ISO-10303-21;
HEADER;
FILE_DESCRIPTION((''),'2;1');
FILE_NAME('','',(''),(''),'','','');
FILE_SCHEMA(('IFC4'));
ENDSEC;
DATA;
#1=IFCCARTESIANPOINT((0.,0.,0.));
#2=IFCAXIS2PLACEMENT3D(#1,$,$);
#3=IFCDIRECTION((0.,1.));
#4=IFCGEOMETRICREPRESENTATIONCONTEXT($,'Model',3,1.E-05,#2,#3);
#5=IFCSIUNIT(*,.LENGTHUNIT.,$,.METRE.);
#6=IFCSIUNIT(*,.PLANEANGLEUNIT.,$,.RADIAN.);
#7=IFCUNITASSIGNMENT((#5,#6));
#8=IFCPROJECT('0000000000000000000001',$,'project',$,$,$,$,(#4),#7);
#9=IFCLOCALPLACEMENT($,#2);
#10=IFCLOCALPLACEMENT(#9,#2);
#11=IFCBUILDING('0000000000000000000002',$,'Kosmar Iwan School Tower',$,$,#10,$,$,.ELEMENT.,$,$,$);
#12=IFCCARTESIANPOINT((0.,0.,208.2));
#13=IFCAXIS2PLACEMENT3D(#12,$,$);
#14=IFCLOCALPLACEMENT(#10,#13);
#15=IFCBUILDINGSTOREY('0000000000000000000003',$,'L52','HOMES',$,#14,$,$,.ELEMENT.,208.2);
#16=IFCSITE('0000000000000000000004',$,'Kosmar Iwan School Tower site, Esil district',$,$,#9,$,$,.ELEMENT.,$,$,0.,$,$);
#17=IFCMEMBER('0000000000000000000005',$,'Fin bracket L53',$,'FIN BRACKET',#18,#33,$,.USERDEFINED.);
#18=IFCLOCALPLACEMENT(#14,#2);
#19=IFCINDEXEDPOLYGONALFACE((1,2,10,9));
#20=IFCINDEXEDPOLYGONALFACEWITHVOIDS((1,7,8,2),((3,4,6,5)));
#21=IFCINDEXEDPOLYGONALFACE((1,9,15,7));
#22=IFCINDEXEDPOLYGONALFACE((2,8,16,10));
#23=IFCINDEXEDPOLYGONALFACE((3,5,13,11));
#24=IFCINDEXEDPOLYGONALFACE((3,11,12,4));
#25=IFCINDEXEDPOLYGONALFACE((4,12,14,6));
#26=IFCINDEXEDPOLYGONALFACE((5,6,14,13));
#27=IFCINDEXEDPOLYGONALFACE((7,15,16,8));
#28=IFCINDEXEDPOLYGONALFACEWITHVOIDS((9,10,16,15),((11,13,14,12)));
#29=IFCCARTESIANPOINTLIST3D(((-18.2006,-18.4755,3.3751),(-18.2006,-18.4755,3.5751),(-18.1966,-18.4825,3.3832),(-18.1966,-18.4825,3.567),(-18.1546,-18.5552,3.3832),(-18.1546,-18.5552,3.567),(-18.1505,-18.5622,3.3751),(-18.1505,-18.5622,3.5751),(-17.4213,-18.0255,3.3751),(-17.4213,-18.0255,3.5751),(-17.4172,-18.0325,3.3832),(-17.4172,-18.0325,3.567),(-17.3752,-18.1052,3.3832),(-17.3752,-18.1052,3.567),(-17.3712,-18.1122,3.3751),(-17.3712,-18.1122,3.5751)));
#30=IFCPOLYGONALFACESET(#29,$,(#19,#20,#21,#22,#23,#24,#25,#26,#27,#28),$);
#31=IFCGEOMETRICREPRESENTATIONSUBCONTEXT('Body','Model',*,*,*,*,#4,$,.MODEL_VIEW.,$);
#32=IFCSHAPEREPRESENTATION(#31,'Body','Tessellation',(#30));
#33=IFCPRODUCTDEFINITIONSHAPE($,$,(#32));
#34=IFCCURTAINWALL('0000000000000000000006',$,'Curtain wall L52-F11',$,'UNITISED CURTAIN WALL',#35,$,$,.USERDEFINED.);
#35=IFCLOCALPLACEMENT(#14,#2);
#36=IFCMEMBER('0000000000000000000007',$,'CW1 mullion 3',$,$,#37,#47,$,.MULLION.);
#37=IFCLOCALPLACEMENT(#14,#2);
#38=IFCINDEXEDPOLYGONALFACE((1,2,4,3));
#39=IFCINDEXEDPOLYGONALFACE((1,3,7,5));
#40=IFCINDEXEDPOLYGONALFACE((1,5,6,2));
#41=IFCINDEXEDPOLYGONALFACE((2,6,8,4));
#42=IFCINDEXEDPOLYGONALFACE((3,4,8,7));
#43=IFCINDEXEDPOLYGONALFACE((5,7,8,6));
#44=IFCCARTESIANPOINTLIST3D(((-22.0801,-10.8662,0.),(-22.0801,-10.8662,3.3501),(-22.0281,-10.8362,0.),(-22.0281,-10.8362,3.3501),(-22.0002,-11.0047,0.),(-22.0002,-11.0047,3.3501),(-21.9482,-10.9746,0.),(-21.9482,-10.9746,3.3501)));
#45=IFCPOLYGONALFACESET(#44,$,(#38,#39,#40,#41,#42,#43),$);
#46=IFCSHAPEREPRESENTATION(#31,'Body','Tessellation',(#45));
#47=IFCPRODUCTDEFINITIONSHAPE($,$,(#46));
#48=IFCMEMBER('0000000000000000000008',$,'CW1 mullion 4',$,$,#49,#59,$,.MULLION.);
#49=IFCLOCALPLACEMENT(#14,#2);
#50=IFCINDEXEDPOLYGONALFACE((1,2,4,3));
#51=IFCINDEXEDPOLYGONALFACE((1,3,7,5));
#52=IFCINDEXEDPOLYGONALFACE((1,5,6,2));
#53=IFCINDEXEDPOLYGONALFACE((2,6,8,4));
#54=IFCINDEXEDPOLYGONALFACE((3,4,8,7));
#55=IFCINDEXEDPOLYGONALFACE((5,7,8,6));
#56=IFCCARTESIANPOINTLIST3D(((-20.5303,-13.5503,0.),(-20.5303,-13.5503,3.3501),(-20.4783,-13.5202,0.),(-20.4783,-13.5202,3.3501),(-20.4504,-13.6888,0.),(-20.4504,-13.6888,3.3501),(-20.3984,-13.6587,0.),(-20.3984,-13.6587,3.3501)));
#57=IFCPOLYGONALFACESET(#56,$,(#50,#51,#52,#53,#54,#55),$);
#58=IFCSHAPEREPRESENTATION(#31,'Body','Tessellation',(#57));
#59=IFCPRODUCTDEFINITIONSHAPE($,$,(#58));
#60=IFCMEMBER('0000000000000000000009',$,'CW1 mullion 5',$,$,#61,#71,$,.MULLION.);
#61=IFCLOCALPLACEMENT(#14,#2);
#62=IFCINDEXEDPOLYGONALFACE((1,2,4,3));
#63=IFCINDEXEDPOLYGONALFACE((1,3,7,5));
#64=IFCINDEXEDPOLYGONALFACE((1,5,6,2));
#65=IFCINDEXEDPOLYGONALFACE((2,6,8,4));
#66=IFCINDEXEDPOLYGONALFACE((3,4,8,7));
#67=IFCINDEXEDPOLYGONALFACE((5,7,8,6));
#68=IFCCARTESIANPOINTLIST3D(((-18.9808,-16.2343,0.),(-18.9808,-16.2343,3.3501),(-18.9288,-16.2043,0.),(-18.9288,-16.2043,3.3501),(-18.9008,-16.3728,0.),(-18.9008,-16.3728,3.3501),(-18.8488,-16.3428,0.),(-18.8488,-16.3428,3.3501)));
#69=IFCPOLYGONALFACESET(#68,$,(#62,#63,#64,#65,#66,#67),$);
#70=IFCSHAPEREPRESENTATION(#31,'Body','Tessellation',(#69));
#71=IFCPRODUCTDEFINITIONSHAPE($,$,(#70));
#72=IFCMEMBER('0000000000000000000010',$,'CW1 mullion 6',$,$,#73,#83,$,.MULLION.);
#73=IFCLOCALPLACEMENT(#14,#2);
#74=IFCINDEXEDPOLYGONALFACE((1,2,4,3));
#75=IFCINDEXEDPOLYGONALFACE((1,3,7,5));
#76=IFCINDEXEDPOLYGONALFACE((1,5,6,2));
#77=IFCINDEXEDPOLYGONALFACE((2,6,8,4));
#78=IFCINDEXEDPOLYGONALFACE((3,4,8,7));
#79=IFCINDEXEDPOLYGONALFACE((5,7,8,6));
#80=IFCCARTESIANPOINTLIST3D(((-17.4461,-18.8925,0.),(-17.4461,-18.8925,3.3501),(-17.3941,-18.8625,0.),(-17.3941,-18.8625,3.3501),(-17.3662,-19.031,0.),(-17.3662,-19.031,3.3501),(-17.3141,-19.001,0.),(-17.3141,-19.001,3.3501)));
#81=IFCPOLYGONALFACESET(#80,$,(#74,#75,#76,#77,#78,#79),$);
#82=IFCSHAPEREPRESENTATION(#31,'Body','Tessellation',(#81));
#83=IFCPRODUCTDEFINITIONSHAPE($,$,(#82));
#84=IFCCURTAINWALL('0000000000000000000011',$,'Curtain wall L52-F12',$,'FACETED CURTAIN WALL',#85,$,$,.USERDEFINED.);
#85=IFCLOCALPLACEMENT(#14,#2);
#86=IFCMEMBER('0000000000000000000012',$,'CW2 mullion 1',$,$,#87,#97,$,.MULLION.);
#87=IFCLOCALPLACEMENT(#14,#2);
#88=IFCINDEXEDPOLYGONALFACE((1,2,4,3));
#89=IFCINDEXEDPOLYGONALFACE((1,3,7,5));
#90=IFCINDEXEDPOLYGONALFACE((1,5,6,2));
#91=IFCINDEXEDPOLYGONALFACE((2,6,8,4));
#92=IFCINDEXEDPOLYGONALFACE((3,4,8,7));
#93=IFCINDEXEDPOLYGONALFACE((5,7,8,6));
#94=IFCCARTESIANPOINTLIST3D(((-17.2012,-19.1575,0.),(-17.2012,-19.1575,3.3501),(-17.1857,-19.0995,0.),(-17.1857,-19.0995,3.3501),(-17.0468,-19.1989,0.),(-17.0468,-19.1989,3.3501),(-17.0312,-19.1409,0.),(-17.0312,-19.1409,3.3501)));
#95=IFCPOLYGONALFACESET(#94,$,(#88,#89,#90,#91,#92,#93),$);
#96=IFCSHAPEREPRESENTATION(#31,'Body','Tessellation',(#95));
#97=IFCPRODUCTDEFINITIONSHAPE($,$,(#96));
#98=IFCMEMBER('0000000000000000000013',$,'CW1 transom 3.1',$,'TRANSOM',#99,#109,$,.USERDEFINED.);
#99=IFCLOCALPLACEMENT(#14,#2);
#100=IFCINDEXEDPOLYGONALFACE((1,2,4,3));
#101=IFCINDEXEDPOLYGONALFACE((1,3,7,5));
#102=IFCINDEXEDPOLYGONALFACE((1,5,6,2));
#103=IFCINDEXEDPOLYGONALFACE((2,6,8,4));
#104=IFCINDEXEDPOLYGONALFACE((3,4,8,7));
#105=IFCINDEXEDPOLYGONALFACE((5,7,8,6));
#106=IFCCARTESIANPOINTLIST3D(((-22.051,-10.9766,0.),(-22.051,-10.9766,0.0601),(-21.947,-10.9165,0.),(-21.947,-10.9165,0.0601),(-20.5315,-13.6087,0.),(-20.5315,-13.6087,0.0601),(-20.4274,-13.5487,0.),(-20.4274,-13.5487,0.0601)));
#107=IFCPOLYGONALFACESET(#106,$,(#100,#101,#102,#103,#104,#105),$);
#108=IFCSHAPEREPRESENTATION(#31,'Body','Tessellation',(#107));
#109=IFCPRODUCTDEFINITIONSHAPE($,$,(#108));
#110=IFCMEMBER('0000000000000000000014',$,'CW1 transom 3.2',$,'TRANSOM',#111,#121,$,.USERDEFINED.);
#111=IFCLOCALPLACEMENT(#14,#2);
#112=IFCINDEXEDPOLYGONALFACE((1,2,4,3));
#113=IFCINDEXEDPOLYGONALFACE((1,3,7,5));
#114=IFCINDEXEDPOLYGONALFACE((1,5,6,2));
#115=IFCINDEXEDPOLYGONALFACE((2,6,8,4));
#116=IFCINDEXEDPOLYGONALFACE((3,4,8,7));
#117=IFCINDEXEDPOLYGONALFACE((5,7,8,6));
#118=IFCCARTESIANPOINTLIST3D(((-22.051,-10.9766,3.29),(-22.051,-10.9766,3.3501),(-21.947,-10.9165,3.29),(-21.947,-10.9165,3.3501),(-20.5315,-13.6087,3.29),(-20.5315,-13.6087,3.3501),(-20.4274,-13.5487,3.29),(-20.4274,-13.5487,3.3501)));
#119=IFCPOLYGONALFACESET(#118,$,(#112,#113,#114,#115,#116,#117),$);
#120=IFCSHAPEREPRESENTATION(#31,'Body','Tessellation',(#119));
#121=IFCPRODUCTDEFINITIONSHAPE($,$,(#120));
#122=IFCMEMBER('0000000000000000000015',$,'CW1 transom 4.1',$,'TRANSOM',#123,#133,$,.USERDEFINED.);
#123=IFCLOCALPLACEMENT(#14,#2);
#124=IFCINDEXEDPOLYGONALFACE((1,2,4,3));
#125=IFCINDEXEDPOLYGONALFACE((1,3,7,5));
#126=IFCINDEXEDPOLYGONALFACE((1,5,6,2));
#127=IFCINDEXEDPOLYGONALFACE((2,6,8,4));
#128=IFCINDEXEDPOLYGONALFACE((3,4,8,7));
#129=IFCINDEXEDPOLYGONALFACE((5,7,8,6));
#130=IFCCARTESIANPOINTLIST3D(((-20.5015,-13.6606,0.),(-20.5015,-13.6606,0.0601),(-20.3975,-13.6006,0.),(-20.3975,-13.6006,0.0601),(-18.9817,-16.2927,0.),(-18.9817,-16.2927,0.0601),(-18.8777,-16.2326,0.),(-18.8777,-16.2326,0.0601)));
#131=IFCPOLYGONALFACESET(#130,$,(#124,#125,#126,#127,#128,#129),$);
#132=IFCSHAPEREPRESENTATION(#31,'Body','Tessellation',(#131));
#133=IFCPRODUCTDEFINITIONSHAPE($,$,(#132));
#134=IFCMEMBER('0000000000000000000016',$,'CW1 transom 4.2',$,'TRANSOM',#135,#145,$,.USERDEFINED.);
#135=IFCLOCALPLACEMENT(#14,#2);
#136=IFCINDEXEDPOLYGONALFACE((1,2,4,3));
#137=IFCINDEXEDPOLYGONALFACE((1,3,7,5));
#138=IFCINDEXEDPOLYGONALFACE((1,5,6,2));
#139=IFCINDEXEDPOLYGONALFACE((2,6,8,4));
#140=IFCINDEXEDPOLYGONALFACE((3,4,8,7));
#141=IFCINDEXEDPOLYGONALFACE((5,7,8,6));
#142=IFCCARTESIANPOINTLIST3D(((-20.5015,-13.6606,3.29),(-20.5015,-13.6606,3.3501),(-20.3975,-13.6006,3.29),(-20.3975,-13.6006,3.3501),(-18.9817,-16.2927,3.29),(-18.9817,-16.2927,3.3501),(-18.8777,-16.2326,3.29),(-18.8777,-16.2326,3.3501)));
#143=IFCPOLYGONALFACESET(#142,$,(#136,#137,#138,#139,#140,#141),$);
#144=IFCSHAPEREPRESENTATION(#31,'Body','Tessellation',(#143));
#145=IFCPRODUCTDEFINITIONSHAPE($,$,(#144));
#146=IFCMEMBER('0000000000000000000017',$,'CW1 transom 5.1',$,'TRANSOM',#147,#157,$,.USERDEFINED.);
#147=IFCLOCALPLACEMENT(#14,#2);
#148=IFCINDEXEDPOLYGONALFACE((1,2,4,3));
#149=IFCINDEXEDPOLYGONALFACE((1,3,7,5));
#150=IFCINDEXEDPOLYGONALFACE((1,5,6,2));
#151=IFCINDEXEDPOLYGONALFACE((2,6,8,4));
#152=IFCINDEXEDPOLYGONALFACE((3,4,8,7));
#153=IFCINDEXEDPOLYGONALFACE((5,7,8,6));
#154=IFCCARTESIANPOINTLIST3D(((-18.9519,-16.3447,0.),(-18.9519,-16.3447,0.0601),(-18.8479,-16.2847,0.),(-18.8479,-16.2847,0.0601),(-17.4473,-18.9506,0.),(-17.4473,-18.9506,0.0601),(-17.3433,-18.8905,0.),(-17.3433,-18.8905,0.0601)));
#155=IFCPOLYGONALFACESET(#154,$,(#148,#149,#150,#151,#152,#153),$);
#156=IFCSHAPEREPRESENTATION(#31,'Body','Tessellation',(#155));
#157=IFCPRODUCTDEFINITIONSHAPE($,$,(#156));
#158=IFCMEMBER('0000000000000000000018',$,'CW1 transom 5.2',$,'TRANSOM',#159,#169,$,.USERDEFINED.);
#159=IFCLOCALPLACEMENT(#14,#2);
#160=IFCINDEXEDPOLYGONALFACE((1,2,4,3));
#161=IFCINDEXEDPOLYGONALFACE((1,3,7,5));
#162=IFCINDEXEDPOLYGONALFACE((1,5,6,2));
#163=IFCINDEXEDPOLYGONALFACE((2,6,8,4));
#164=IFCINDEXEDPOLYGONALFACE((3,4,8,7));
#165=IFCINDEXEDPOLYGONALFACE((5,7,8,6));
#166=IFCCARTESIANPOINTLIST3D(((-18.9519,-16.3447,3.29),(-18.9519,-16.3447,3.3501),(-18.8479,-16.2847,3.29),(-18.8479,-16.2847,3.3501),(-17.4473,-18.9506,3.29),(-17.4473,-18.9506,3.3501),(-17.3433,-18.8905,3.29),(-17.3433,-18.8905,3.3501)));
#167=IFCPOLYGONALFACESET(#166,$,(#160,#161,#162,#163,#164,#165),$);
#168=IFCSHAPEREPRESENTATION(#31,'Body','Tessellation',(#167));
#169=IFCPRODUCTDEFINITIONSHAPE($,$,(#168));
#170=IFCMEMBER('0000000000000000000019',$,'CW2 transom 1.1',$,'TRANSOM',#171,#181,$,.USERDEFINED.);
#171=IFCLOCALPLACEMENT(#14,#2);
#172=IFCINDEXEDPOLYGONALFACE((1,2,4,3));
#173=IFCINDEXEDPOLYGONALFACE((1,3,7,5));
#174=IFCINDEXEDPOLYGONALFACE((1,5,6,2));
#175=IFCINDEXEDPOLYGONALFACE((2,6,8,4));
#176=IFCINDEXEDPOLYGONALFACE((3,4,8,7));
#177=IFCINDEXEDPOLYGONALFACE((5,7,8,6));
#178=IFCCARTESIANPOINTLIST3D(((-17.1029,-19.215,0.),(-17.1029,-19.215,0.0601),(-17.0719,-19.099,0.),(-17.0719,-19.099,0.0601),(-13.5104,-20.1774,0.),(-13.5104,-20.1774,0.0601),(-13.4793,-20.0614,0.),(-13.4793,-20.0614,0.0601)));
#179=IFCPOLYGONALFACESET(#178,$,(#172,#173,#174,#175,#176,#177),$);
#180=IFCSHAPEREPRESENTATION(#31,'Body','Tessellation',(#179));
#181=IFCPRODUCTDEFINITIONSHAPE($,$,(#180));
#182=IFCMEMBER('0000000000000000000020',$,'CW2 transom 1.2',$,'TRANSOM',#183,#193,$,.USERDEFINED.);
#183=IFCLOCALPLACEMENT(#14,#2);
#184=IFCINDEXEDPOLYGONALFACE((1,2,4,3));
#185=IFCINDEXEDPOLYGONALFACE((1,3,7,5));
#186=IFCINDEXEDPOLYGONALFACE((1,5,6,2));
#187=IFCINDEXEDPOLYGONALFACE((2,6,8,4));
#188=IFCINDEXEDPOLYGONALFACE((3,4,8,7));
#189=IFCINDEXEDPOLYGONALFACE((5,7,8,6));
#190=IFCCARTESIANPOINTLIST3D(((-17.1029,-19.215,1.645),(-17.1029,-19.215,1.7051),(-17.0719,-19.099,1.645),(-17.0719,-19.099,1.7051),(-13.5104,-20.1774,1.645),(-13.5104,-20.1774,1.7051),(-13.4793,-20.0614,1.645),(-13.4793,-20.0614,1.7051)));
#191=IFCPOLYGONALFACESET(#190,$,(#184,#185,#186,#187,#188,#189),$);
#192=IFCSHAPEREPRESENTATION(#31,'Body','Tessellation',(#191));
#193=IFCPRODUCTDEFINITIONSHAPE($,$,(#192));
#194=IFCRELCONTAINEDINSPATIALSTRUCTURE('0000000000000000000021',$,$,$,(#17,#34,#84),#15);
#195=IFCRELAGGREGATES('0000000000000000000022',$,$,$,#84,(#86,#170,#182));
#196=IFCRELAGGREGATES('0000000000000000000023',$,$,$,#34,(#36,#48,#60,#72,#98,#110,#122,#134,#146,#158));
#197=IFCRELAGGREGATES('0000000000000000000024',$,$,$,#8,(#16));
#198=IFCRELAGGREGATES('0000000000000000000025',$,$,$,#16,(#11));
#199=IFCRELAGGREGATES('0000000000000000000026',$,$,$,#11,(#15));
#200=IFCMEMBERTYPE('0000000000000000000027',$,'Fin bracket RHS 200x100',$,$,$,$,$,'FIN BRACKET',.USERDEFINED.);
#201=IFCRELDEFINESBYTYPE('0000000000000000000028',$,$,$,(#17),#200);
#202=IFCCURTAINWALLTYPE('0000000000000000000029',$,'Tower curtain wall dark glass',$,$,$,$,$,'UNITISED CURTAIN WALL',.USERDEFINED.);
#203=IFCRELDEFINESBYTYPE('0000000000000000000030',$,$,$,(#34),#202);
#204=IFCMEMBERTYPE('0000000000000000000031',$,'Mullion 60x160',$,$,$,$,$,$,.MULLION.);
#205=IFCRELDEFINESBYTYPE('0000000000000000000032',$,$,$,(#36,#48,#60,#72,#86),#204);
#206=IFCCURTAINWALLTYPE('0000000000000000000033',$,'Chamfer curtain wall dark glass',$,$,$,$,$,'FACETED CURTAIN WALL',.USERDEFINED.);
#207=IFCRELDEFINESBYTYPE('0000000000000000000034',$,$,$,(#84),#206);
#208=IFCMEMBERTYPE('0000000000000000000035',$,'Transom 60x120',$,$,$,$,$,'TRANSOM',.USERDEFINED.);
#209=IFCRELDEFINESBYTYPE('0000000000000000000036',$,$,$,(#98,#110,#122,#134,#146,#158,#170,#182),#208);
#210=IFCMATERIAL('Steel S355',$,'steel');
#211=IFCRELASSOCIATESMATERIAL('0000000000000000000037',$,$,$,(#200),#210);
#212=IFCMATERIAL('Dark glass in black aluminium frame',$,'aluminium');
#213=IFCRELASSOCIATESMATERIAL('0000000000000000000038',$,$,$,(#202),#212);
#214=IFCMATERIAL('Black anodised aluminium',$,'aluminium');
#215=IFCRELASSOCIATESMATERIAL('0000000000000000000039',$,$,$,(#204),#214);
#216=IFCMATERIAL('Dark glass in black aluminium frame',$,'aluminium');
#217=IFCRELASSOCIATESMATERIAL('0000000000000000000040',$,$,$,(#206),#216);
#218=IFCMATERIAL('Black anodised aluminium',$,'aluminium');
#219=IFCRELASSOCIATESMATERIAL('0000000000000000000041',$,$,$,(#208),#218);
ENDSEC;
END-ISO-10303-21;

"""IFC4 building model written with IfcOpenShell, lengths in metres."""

from ifc_helpers import new_model, si_unit, direction, frame, origin, origin_2d, place, context, subcontext, project, spatial, rectangle, hollow_rectangle, extrude, material, material_profile, profile_set, type_object, element, aggregate, save


model = new_model("IFC4")

# Units and contexts
model_context = context("Model", 3, precision=1e-05, world=origin(), true_north=direction((0.0, 1.0)))
body_context = subcontext(model_context, "Body", "Model", "MODEL_VIEW")
ifc_project = project(units=[si_unit("LENGTHUNIT", "METRE"), si_unit("PLANEANGLEUNIT", "RADIAN")], contexts=[model_context])

# Site, building, storey
site_placement = place(None, origin())
site = spatial("IfcSite", under=ifc_project, at=site_placement, Name="Kosmar Iwan School Tower site, Esil district", CompositionType="ELEMENT", RefElevation=0.0)
building_placement = place(site_placement, origin())
building = spatial("IfcBuilding", under=site, at=building_placement, Name="Kosmar Iwan School Tower", CompositionType="ELEMENT")
storey_placement = place(building_placement, frame((0.0, 0.0, 208.2)))
storey = spatial("IfcBuildingStorey", under=building, at=storey_placement, Name="L52", Description="HOMES", CompositionType="ELEMENT", Elevation=208.2)

# Member
ifc_material_1 = material(Name="Steel S355", Category="steel")
ifc_material_profile_1 = material_profile(ifc_material_1, hollow_rectangle(XDim=0.1001, YDim=0.2, WallThickness=0.0081, at=origin_2d()), Name="RHS 200x100x8")
ifc_profile_set_1 = profile_set([ifc_material_profile_1], Name="Steel S355")
member_type_1 = type_object("IfcMemberType", Name="Fin bracket RHS 200x100", ElementType="FIN BRACKET", PredefinedType="USERDEFINED", material=ifc_profile_set_1)
member_1_placement = place(storey_placement, frame((-17.3962, -18.0688, 3.4751), z_axis=(-0.866014, -0.50002, 0.0), x_axis=(0.50002, -0.866014, 0.0)))
element("IfcMember", 1, at=member_1_placement, inside=storey, type_object=member_type_1, Name="Fin bracket L53", ObjectType="FIN BRACKET", PredefinedType="USERDEFINED", context=body_context, shape_type="SweptSolid", body=[
    extrude(hollow_rectangle(XDim=0.1001, YDim=0.2, WallThickness=0.0081, at=origin_2d()), origin(), (0.0, 0.0, 1.0), 0.8999),
])

# Curtain wall, members
ifc_material_2 = material(Name="Dark glass in black aluminium frame", Category="aluminium")
curtain_wall_type_1 = type_object("IfcCurtainWallType", Name="Tower curtain wall dark glass", ElementType="UNITISED CURTAIN WALL", PredefinedType="USERDEFINED", material=ifc_material_2)
curtain_wall_1_placement = place(storey_placement, origin())
curtain_wall_1 = element("IfcCurtainWall", 2, at=curtain_wall_1_placement, inside=storey, type_object=curtain_wall_type_1, Name="Curtain wall L52-F11", ObjectType="UNITISED CURTAIN WALL", PredefinedType="USERDEFINED")
ifc_material_3 = material(Name="Black anodised aluminium", Category="aluminium")
ifc_material_profile_2 = material_profile(ifc_material_3, rectangle(XDim=0.0601, YDim=0.1599, at=origin_2d()), Name="MULLION 60x160")
ifc_profile_set_2 = profile_set([ifc_material_profile_2], Name="Black anodised aluminium")
member_type_2 = type_object("IfcMemberType", Name="Mullion 60x160", PredefinedType="MULLION", material=ifc_profile_set_2)
member_2_placement = place(storey_placement, frame((-22.0142, -10.9204, 0.0), z_axis=(0.0, 0.0, 1.0), x_axis=(0.866025, 0.5, 0.0)))
member_2 = element("IfcMember", 3, at=member_2_placement, type_object=member_type_2, Name="CW1 mullion 3", PredefinedType="MULLION", context=body_context, shape_type="SweptSolid", body=[
    extrude(rectangle(XDim=0.0601, YDim=0.1599, at=origin_2d()), origin(), (0.0, 0.0, 1.0), 3.3501),
])
member_3_placement = place(storey_placement, frame((-20.4644, -13.6045, 0.0), z_axis=(0.0, 0.0, 1.0), x_axis=(0.866025, 0.5, 0.0)))
member_3 = element("IfcMember", 4, at=member_3_placement, type_object=member_type_2, Name="CW1 mullion 4", PredefinedType="MULLION", context=body_context, shape_type="SweptSolid", body=[
    extrude(rectangle(XDim=0.0601, YDim=0.1599, at=origin_2d()), origin(), (0.0, 0.0, 1.0), 3.3501),
])
member_4_placement = place(storey_placement, frame((-18.9148, -16.2886, 0.0), z_axis=(0.0, 0.0, 1.0), x_axis=(0.866025, 0.5, 0.0)))
member_4 = element("IfcMember", 5, at=member_4_placement, type_object=member_type_2, Name="CW1 mullion 5", PredefinedType="MULLION", context=body_context, shape_type="SweptSolid", body=[
    extrude(rectangle(XDim=0.0601, YDim=0.1599, at=origin_2d()), origin(), (0.0, 0.0, 1.0), 3.3501),
])
member_5_placement = place(storey_placement, frame((-17.3801, -18.9468, 0.0), z_axis=(0.0, 0.0, 1.0), x_axis=(0.866025, 0.5, 0.0)))
member_5 = element("IfcMember", 6, at=member_5_placement, type_object=member_type_2, Name="CW1 mullion 6", PredefinedType="MULLION", context=body_context, shape_type="SweptSolid", body=[
    extrude(rectangle(XDim=0.0601, YDim=0.1599, at=origin_2d()), origin(), (0.0, 0.0, 1.0), 3.3501),
])

# Curtain wall, member
ifc_material_4 = material(Name="Dark glass in black aluminium frame", Category="aluminium")
curtain_wall_type_2 = type_object("IfcCurtainWallType", Name="Chamfer curtain wall dark glass", ElementType="FACETED CURTAIN WALL", PredefinedType="USERDEFINED", material=ifc_material_4)
curtain_wall_2_placement = place(storey_placement, origin())
curtain_wall_2 = element("IfcCurtainWall", 7, at=curtain_wall_2_placement, inside=storey, type_object=curtain_wall_type_2, Name="Curtain wall L52-F12", ObjectType="FACETED CURTAIN WALL", PredefinedType="USERDEFINED")
member_6_placement = place(storey_placement, frame((-17.1162, -19.1492, 0.0), z_axis=(0.0, 0.0, 1.0), x_axis=(0.258819, 0.965926, 0.0)))
member_6 = element("IfcMember", 8, at=member_6_placement, type_object=member_type_2, Name="CW2 mullion 1", PredefinedType="MULLION", context=body_context, shape_type="SweptSolid", body=[
    extrude(rectangle(XDim=0.0601, YDim=0.1599, at=origin_2d()), origin(), (0.0, 0.0, 1.0), 3.3501),
])

# Members
ifc_material_5 = material(Name="Black anodised aluminium", Category="aluminium")
ifc_material_profile_3 = material_profile(ifc_material_5, rectangle(XDim=0.1201, YDim=0.0601, at=origin_2d()), Name="TRANSOM 60x120")
ifc_profile_set_3 = profile_set([ifc_material_profile_3], Name="Black anodised aluminium")
member_type_3 = type_object("IfcMemberType", Name="Transom 60x120", ElementType="TRANSOM", PredefinedType="USERDEFINED", material=ifc_profile_set_3)
member_7_placement = place(storey_placement, frame((-21.999, -10.9465, 0.03), z_axis=(0.499975, -0.86604, 0.0), x_axis=(0.86604, 0.499975, 0.0)))
member_7 = element("IfcMember", 9, at=member_7_placement, type_object=member_type_3, Name="CW1 transom 3.1", ObjectType="TRANSOM", PredefinedType="USERDEFINED", context=body_context, shape_type="SweptSolid", body=[
    extrude(rectangle(XDim=0.1201, YDim=0.0601, at=origin_2d()), origin(), (0.0, 0.0, 1.0), 3.0393),
])
member_8_placement = place(storey_placement, frame((-21.999, -10.9465, 3.3201), z_axis=(0.499975, -0.86604, 0.0), x_axis=(0.86604, 0.499975, 0.0)))
member_8 = element("IfcMember", 10, at=member_8_placement, type_object=member_type_3, Name="CW1 transom 3.2", ObjectType="TRANSOM", PredefinedType="USERDEFINED", context=body_context, shape_type="SweptSolid", body=[
    extrude(rectangle(XDim=0.1201, YDim=0.0601, at=origin_2d()), origin(), (0.0, 0.0, 1.0), 3.0393),
])
member_9_placement = place(storey_placement, frame((-20.4495, -13.6306, 0.03), z_axis=(0.500035, -0.866005, 0.0), x_axis=(0.866005, 0.500035, 0.0)))
member_9 = element("IfcMember", 11, at=member_9_placement, type_object=member_type_3, Name="CW1 transom 4.1", ObjectType="TRANSOM", PredefinedType="USERDEFINED", context=body_context, shape_type="SweptSolid", body=[
    extrude(rectangle(XDim=0.1201, YDim=0.0601, at=origin_2d()), origin(), (0.0, 0.0, 1.0), 3.0393),
])
member_10_placement = place(storey_placement, frame((-20.4495, -13.6306, 3.3201), z_axis=(0.500035, -0.866005, 0.0), x_axis=(0.866005, 0.500035, 0.0)))
member_10 = element("IfcMember", 12, at=member_10_placement, type_object=member_type_3, Name="CW1 transom 4.2", ObjectType="TRANSOM", PredefinedType="USERDEFINED", context=body_context, shape_type="SweptSolid", body=[
    extrude(rectangle(XDim=0.1201, YDim=0.0601, at=origin_2d()), origin(), (0.0, 0.0, 1.0), 3.0393),
])
member_11_placement = place(storey_placement, frame((-18.8999, -16.3147, 0.03), z_axis=(0.500022, -0.866013, 0.0), x_axis=(0.866013, 0.500022, 0.0)))
member_11 = element("IfcMember", 13, at=member_11_placement, type_object=member_type_3, Name="CW1 transom 5.1", ObjectType="TRANSOM", PredefinedType="USERDEFINED", context=body_context, shape_type="SweptSolid", body=[
    extrude(rectangle(XDim=0.1201, YDim=0.0601, at=origin_2d()), origin(), (0.0, 0.0, 1.0), 3.009),
])
member_12_placement = place(storey_placement, frame((-18.8999, -16.3147, 3.3201), z_axis=(0.500022, -0.866013, 0.0), x_axis=(0.866013, 0.500022, 0.0)))
member_12 = element("IfcMember", 14, at=member_12_placement, type_object=member_type_3, Name="CW1 transom 5.2", ObjectType="TRANSOM", PredefinedType="USERDEFINED", context=body_context, shape_type="SweptSolid", body=[
    extrude(rectangle(XDim=0.1201, YDim=0.0601, at=origin_2d()), origin(), (0.0, 0.0, 1.0), 3.009),
])
member_13_placement = place(storey_placement, frame((-17.0874, -19.157, 0.03), z_axis=(0.96594, -0.258766, 0.0), x_axis=(0.258766, 0.96594, 0.0)))
member_13 = element("IfcMember", 15, at=member_13_placement, type_object=member_type_3, Name="CW2 transom 1.1", ObjectType="TRANSOM", PredefinedType="USERDEFINED", context=body_context, shape_type="SweptSolid", body=[
    extrude(rectangle(XDim=0.1201, YDim=0.0601, at=origin_2d()), origin(), (0.0, 0.0, 1.0), 3.7192),
])
member_14_placement = place(storey_placement, frame((-17.0874, -19.157, 1.675), z_axis=(0.96594, -0.258766, 0.0), x_axis=(0.258766, 0.96594, 0.0)))
member_14 = element("IfcMember", 16, at=member_14_placement, type_object=member_type_3, Name="CW2 transom 1.2", ObjectType="TRANSOM", PredefinedType="USERDEFINED", context=body_context, shape_type="SweptSolid", body=[
    extrude(rectangle(XDim=0.1201, YDim=0.0601, at=origin_2d()), origin(), (0.0, 0.0, 1.0), 3.7192),
])
aggregate(curtain_wall_2, [member_6, member_13, member_14])

aggregate(curtain_wall_1, [member_2, member_3, member_4, member_5, member_7, member_8, member_9, member_10, member_11, member_12])

save(model, "model.ifc")
